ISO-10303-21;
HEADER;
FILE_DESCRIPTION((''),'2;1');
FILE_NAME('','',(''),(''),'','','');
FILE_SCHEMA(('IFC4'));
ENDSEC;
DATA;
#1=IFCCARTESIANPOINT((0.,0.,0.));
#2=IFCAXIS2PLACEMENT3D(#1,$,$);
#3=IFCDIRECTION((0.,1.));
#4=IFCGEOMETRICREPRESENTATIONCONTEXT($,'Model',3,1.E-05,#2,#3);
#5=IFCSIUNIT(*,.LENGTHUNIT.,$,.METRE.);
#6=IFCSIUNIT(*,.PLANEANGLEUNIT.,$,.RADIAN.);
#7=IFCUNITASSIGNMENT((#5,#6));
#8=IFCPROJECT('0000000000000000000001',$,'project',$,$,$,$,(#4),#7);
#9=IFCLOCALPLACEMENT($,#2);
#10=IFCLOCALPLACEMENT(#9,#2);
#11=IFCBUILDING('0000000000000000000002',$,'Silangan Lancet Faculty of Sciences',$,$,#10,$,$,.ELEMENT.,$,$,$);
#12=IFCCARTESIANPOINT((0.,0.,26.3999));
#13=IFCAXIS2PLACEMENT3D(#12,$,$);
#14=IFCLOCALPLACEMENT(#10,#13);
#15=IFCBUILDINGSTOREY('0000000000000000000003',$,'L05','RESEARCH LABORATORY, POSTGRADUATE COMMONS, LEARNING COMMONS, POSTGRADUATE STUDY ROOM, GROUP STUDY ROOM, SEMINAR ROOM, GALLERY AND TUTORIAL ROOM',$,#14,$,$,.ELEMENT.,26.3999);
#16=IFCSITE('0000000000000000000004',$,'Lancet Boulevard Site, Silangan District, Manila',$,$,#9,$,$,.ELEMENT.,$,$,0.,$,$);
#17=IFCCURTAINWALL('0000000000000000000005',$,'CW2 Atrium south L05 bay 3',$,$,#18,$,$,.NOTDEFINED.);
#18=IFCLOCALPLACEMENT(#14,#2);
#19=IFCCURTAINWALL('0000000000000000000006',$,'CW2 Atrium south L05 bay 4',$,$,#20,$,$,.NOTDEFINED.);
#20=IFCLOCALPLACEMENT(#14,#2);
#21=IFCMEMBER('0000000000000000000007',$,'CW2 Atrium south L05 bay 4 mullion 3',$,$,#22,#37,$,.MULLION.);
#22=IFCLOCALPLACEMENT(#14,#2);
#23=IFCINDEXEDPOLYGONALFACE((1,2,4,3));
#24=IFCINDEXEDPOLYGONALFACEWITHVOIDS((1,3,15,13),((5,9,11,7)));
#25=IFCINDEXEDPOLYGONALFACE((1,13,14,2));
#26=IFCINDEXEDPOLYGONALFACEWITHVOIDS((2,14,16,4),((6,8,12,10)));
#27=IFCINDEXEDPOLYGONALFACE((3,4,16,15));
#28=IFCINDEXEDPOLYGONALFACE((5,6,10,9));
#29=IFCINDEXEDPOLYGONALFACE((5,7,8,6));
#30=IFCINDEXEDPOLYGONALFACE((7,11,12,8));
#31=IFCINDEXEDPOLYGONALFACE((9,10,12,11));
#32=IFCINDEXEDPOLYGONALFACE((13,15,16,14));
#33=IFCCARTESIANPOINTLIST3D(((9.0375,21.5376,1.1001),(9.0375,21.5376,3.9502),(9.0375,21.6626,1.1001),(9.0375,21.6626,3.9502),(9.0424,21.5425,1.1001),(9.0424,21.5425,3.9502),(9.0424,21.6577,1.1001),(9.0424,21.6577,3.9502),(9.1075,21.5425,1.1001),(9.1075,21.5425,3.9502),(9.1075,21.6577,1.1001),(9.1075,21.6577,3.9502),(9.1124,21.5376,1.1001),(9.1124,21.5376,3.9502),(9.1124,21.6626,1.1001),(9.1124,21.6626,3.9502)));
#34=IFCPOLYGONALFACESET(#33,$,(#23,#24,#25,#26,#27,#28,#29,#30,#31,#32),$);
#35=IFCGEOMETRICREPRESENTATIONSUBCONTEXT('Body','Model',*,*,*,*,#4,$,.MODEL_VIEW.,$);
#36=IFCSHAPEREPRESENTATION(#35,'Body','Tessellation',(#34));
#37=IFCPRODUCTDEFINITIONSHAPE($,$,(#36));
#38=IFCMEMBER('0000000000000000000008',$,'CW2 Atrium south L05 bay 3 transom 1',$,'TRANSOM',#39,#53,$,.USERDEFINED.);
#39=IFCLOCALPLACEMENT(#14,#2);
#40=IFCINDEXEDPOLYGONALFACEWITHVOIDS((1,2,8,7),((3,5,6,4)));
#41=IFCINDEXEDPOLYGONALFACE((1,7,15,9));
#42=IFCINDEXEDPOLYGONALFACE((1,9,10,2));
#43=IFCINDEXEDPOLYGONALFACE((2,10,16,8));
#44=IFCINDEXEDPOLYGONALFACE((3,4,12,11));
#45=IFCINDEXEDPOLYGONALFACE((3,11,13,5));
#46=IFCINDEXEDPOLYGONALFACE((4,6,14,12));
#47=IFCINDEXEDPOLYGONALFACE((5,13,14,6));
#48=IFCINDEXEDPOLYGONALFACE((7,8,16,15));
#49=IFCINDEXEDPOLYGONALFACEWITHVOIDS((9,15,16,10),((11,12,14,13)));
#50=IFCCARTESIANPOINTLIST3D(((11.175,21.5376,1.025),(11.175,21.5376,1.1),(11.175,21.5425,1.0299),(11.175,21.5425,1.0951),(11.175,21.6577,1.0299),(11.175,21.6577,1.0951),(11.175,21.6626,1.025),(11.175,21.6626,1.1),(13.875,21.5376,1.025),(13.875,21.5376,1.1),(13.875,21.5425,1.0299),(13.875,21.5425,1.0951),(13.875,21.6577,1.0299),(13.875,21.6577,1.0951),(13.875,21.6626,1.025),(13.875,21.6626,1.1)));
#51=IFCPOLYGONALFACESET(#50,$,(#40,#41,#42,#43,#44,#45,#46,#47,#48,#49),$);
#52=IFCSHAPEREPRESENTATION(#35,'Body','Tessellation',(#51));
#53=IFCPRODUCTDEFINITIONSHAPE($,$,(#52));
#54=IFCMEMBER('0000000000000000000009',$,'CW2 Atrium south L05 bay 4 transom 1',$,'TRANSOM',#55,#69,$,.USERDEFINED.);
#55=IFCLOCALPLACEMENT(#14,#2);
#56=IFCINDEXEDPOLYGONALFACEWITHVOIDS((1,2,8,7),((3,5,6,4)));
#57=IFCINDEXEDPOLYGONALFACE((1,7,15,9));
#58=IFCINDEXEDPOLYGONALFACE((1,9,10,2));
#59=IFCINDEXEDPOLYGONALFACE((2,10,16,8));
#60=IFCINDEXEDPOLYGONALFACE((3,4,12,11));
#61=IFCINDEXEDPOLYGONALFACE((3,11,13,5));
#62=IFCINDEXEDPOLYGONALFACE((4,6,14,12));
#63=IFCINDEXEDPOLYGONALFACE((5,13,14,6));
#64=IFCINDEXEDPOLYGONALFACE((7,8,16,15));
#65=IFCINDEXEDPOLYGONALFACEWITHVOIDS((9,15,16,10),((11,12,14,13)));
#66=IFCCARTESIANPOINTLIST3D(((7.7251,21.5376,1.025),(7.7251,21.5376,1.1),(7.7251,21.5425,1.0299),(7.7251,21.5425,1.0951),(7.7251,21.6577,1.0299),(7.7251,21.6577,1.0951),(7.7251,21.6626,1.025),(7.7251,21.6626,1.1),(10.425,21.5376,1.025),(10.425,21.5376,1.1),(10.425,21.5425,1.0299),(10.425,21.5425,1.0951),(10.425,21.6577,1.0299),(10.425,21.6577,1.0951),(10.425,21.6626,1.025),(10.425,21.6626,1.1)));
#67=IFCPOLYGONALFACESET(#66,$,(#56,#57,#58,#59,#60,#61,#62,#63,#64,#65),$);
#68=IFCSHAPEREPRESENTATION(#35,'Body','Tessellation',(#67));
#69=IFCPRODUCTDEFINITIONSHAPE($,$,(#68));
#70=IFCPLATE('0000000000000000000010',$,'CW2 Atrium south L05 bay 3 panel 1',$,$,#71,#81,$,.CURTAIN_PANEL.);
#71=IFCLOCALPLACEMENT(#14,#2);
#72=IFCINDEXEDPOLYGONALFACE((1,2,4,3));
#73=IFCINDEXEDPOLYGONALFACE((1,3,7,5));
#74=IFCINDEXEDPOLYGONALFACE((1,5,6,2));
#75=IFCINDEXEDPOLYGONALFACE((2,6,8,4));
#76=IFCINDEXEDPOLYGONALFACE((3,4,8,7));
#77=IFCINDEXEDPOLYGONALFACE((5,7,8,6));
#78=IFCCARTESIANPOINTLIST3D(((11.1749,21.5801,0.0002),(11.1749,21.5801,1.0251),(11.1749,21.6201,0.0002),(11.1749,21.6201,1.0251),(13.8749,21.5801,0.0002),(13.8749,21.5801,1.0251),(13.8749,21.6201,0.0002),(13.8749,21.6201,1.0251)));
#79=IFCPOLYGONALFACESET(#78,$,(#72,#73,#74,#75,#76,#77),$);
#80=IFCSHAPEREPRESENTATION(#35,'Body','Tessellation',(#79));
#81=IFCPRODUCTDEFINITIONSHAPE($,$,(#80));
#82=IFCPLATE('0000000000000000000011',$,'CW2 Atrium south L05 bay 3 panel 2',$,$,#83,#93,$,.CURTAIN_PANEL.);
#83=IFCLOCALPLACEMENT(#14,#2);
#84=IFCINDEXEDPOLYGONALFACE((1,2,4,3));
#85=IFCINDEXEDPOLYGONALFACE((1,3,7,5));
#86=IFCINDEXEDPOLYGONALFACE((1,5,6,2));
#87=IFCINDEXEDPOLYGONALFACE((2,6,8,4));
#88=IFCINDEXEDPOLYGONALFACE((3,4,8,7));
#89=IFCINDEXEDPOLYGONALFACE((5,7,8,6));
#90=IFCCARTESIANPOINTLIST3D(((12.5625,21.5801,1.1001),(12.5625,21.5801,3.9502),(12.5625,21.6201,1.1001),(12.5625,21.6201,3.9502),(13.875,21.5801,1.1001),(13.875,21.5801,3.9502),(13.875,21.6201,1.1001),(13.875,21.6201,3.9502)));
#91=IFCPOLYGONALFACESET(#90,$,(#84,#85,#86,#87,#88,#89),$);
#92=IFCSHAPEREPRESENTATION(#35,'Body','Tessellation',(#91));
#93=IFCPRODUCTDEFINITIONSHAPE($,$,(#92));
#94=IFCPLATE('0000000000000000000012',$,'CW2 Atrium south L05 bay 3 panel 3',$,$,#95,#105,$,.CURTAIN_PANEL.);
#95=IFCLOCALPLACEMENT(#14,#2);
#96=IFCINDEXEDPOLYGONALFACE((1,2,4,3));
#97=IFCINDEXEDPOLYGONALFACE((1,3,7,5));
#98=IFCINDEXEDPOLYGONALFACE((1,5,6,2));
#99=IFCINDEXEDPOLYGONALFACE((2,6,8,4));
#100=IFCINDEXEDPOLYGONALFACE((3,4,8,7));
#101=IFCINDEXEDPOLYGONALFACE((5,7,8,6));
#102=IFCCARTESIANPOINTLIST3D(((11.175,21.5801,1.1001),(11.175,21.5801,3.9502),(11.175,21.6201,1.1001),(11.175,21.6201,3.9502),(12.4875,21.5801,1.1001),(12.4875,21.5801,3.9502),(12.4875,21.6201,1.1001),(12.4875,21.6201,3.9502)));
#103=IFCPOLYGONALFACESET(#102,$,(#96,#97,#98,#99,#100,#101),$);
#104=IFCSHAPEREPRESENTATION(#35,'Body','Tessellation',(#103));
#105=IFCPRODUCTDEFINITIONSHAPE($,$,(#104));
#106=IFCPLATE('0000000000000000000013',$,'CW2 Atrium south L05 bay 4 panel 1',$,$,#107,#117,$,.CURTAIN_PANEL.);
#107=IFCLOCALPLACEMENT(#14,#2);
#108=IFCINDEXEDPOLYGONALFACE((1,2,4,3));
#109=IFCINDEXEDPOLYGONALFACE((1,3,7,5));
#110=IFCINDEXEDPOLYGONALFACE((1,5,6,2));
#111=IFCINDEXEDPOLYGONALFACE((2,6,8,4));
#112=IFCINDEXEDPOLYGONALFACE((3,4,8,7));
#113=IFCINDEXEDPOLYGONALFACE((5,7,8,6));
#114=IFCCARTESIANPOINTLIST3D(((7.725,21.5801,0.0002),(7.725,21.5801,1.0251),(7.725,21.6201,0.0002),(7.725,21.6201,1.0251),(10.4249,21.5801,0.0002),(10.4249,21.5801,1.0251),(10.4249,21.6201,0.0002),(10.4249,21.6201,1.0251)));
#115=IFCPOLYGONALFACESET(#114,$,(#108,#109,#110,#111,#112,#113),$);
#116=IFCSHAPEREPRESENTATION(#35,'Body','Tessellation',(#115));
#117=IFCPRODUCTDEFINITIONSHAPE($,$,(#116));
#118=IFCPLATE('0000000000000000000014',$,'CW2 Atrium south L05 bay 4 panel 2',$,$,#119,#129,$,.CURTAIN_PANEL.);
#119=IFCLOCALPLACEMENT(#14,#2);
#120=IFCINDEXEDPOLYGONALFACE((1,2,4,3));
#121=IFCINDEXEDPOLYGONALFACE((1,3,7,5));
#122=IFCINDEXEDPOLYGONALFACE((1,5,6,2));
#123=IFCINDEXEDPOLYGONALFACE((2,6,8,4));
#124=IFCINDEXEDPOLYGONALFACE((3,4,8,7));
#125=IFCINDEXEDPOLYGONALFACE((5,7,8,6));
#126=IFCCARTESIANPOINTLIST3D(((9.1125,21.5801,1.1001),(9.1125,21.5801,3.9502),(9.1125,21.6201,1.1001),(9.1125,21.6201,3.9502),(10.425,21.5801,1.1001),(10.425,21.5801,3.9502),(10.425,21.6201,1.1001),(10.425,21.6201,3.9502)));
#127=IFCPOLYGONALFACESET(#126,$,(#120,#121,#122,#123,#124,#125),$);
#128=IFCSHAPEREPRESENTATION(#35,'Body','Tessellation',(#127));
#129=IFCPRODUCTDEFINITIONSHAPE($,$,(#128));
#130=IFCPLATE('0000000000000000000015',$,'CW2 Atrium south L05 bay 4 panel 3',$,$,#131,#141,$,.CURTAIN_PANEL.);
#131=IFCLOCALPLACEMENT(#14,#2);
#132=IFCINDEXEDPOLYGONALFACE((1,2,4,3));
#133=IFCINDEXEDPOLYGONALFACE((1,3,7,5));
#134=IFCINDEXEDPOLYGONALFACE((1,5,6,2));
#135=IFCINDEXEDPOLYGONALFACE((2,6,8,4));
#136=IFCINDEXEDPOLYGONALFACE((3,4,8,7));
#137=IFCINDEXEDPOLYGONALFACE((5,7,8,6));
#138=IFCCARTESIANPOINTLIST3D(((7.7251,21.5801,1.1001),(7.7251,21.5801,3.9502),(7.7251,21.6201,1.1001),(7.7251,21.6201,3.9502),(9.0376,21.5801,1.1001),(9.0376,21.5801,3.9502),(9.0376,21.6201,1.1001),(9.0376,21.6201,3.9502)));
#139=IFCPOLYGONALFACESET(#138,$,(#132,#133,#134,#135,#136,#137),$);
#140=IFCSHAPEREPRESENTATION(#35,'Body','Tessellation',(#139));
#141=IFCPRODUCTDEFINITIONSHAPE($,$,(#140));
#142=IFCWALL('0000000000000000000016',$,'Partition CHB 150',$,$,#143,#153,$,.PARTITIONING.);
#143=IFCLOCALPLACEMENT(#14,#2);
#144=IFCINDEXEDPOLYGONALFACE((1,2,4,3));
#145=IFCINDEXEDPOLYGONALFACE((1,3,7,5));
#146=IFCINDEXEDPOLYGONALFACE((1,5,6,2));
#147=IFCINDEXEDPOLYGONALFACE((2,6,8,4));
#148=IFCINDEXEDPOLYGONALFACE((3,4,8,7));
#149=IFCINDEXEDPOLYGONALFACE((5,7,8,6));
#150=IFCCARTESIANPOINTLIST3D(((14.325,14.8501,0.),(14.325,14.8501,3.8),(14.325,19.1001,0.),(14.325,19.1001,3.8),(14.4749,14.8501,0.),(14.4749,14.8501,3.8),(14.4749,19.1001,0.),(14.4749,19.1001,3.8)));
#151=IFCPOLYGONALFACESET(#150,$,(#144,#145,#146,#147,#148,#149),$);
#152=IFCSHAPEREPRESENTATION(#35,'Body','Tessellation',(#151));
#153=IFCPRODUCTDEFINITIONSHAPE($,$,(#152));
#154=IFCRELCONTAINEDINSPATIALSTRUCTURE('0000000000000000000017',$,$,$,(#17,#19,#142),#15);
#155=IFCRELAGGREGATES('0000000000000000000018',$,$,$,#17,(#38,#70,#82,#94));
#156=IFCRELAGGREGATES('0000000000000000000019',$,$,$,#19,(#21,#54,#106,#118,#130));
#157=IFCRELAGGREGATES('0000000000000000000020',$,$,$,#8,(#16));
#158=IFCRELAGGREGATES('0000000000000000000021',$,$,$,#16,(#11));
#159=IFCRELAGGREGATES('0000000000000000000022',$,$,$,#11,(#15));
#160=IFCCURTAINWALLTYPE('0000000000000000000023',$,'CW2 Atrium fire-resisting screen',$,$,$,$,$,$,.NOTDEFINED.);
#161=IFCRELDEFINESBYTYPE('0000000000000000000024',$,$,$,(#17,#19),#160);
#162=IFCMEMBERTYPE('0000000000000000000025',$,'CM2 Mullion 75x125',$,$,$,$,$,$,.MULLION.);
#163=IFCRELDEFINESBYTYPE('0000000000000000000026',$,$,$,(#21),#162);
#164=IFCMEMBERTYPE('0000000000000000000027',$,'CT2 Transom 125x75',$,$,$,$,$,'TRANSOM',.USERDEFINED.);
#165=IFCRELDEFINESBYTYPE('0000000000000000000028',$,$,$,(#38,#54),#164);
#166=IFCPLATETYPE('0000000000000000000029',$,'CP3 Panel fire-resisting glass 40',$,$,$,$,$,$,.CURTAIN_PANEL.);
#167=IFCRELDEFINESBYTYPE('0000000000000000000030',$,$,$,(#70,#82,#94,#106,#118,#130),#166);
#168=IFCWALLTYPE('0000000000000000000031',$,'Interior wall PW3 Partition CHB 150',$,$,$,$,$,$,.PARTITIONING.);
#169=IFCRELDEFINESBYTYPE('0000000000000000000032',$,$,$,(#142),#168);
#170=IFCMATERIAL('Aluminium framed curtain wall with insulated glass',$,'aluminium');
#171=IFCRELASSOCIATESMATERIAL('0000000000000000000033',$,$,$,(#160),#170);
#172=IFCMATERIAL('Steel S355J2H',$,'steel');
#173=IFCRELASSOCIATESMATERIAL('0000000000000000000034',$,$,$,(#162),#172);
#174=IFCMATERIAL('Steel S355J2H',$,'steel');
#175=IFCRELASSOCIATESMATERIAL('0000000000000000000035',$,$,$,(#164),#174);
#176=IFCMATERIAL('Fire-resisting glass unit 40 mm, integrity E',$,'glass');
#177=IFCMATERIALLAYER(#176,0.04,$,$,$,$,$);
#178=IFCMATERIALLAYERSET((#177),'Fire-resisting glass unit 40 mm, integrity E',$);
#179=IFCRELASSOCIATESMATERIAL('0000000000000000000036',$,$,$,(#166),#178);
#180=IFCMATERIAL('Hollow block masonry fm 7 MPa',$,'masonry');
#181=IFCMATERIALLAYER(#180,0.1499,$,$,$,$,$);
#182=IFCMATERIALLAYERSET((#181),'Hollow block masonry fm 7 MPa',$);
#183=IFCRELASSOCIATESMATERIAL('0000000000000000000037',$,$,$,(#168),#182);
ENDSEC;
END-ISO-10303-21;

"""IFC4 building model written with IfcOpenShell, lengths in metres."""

from ifc_helpers import new_model, si_unit, direction, frame, frame_2d, origin, origin_2d, place, context, subcontext, project, spatial, rectangle, hollow_rectangle, extrude, material, layer, layer_set, material_profile, profile_set, type_object, element, aggregate, save


model = new_model("IFC4")

# Units and contexts
model_context = context("Model", 3, precision=1e-05, world=origin(), true_north=direction((0.0, 1.0)))
body_context = subcontext(model_context, "Body", "Model", "MODEL_VIEW")
ifc_project = project(units=[si_unit("LENGTHUNIT", "METRE"), si_unit("PLANEANGLEUNIT", "RADIAN")], contexts=[model_context])

# Site, building, storey
site_placement = place(None, origin())
site = spatial("IfcSite", under=ifc_project, at=site_placement, Name="Lancet Boulevard Site, Silangan District, Manila", CompositionType="ELEMENT", RefElevation=0.0)
building_placement = place(site_placement, origin())
building = spatial("IfcBuilding", under=site, at=building_placement, Name="Silangan Lancet Faculty of Sciences", CompositionType="ELEMENT")
storey_placement = place(building_placement, frame((0.0, 0.0, 26.3999)))
storey = spatial("IfcBuildingStorey", under=building, at=storey_placement, Name="L05", Description="RESEARCH LABORATORY, POSTGRADUATE COMMONS, LEARNING COMMONS, POSTGRADUATE STUDY ROOM, GROUP STUDY ROOM, SEMINAR ROOM, GALLERY AND TUTORIAL ROOM", CompositionType="ELEMENT", Elevation=26.3999)

# Shared definitions
ifc_material_1 = material(Name="Aluminium framed curtain wall with insulated glass", Category="aluminium")
curtain_wall_type = type_object("IfcCurtainWallType", Name="CW2 Atrium fire-resisting screen", PredefinedType="NOTDEFINED", material=ifc_material_1)
ifc_material_2 = material(Name="Steel S355J2H", Category="steel")
ifc_material_profile_1 = material_profile(ifc_material_2, hollow_rectangle(XDim=0.075, YDim=0.125, WallThickness=0.0049, at=origin_2d()), Name="ST BOX 75x125x5")
ifc_profile_set_1 = profile_set([ifc_material_profile_1], Name="Steel S355J2H")
member_type_1 = type_object("IfcMemberType", Name="CM2 Mullion 75x125", PredefinedType="MULLION", material=ifc_profile_set_1)

# Curtain walls, member
curtain_wall_1_placement = place(storey_placement, origin())
curtain_wall_1 = element("IfcCurtainWall", 1, at=curtain_wall_1_placement, inside=storey, type_object=curtain_wall_type, Name="CW2 Atrium south L05 bay 3", PredefinedType="NOTDEFINED")
curtain_wall_2_placement = place(storey_placement, origin())
curtain_wall_2 = element("IfcCurtainWall", 2, at=curtain_wall_2_placement, inside=storey, type_object=curtain_wall_type, Name="CW2 Atrium south L05 bay 4", PredefinedType="NOTDEFINED")
member_1_placement = place(storey_placement, frame((9.075, 21.6001, 1.1001), z_axis=(0.0, 0.0, 1.0), x_axis=(-1.0, 0.0, 0.0)))
member_1 = element("IfcMember", 3, at=member_1_placement, type_object=member_type_1, Name="CW2 Atrium south L05 bay 4 mullion 3", PredefinedType="MULLION", context=body_context, shape_type="SweptSolid", body=[
    extrude(hollow_rectangle(XDim=0.075, YDim=0.125, WallThickness=0.0049, at=origin_2d()), origin(), (0.0, 0.0, 1.0), 2.8501),
])

# Members
ifc_material_3 = material(Name="Steel S355J2H", Category="steel")
ifc_material_profile_2 = material_profile(ifc_material_3, hollow_rectangle(XDim=0.125, YDim=0.075, WallThickness=0.0049, at=origin_2d()), Name="ST BOX 125x75x5")
ifc_profile_set_2 = profile_set([ifc_material_profile_2], Name="Steel S355J2H")
member_type_2 = type_object("IfcMemberType", Name="CT2 Transom 125x75", ElementType="TRANSOM", PredefinedType="USERDEFINED", material=ifc_profile_set_2)
member_2_placement = place(storey_placement, frame((13.875, 21.6001, 1.0625), z_axis=(-1.0, 0.0, 0.0), x_axis=(0.0, -1.0, 0.0)))
member_2 = element("IfcMember", 4, at=member_2_placement, type_object=member_type_2, Name="CW2 Atrium south L05 bay 3 transom 1", ObjectType="TRANSOM", PredefinedType="USERDEFINED", context=body_context, shape_type="SweptSolid", body=[
    extrude(hollow_rectangle(XDim=0.125, YDim=0.075, WallThickness=0.0049, at=origin_2d()), origin(), (0.0, 0.0, 1.0), 2.7),
])
member_3_placement = place(storey_placement, frame((10.425, 21.6001, 1.0625), z_axis=(-1.0, 0.0, 0.0), x_axis=(0.0, -1.0, 0.0)))
member_3 = element("IfcMember", 5, at=member_3_placement, type_object=member_type_2, Name="CW2 Atrium south L05 bay 4 transom 1", ObjectType="TRANSOM", PredefinedType="USERDEFINED", context=body_context, shape_type="SweptSolid", body=[
    extrude(hollow_rectangle(XDim=0.125, YDim=0.075, WallThickness=0.0049, at=origin_2d()), origin(), (0.0, 0.0, 1.0), 2.7),
])

# Plates
ifc_material_4 = material(Name="Fire-resisting glass unit 40 mm, integrity E", Category="glass")
ifc_layer_1 = layer(ifc_material_4, 0.04)
ifc_layer_set_1 = layer_set([ifc_layer_1], Name="Fire-resisting glass unit 40 mm, integrity E")
plate_type = type_object("IfcPlateType", Name="CP3 Panel fire-resisting glass 40", PredefinedType="CURTAIN_PANEL", material=ifc_layer_set_1)
plate_1_placement = place(storey_placement, frame((12.5249, 21.6001, 0.0002), z_axis=(0.0, 0.0, 1.0), x_axis=(-1.0, 0.0, 0.0)))
plate_1 = element("IfcPlate", 6, at=plate_1_placement, type_object=plate_type, Name="CW2 Atrium south L05 bay 3 panel 1", PredefinedType="CURTAIN_PANEL", context=body_context, shape_type="SweptSolid", body=[
    extrude(rectangle(XDim=2.7, YDim=0.04, at=origin_2d()), origin(), (0.0, 0.0, 1.0), 1.0249),
])
plate_2_placement = place(storey_placement, frame((13.2188, 21.6001, 1.1001), z_axis=(0.0, 0.0, 1.0), x_axis=(-1.0, 0.0, 0.0)))
plate_2 = element("IfcPlate", 7, at=plate_2_placement, type_object=plate_type, Name="CW2 Atrium south L05 bay 3 panel 2", PredefinedType="CURTAIN_PANEL", context=body_context, shape_type="SweptSolid", body=[
    extrude(rectangle(XDim=1.3125, YDim=0.04, at=origin_2d()), origin(), (0.0, 0.0, 1.0), 2.8501),
])
plate_3_placement = place(storey_placement, frame((11.8313, 21.6001, 1.1001), z_axis=(0.0, 0.0, 1.0), x_axis=(-1.0, 0.0, 0.0)))
plate_3 = element("IfcPlate", 8, at=plate_3_placement, type_object=plate_type, Name="CW2 Atrium south L05 bay 3 panel 3", PredefinedType="CURTAIN_PANEL", context=body_context, shape_type="SweptSolid", body=[
    extrude(rectangle(XDim=1.3125, YDim=0.04, at=origin_2d()), origin(), (0.0, 0.0, 1.0), 2.8501),
])
aggregate(curtain_wall_1, [member_2, plate_1, plate_2, plate_3])
plate_4_placement = place(storey_placement, frame((9.075, 21.6001, 0.0002), z_axis=(0.0, 0.0, 1.0), x_axis=(-1.0, 0.0, 0.0)))
plate_4 = element("IfcPlate", 9, at=plate_4_placement, type_object=plate_type, Name="CW2 Atrium south L05 bay 4 panel 1", PredefinedType="CURTAIN_PANEL", context=body_context, shape_type="SweptSolid", body=[
    extrude(rectangle(XDim=2.7, YDim=0.04, at=origin_2d()), origin(), (0.0, 0.0, 1.0), 1.0249),
])
plate_5_placement = place(storey_placement, frame((9.7688, 21.6001, 1.1001), z_axis=(0.0, 0.0, 1.0), x_axis=(-1.0, 0.0, 0.0)))
plate_5 = element("IfcPlate", 10, at=plate_5_placement, type_object=plate_type, Name="CW2 Atrium south L05 bay 4 panel 2", PredefinedType="CURTAIN_PANEL", context=body_context, shape_type="SweptSolid", body=[
    extrude(rectangle(XDim=1.3125, YDim=0.04, at=origin_2d()), origin(), (0.0, 0.0, 1.0), 2.8501),
])
plate_6_placement = place(storey_placement, frame((8.3813, 21.6001, 1.1001), z_axis=(0.0, 0.0, 1.0), x_axis=(-1.0, 0.0, 0.0)))
plate_6 = element("IfcPlate", 11, at=plate_6_placement, type_object=plate_type, Name="CW2 Atrium south L05 bay 4 panel 3", PredefinedType="CURTAIN_PANEL", context=body_context, shape_type="SweptSolid", body=[
    extrude(rectangle(XDim=1.3125, YDim=0.04, at=origin_2d()), origin(), (0.0, 0.0, 1.0), 2.8501),
])
aggregate(curtain_wall_2, [member_1, member_3, plate_4, plate_5, plate_6])

# Wall
ifc_material_5 = material(Name="Hollow block masonry fm 7 MPa", Category="masonry")
ifc_layer_2 = layer(ifc_material_5, 0.1499)
ifc_layer_set_2 = layer_set([ifc_layer_2], Name="Hollow block masonry fm 7 MPa")
wall_type = type_object("IfcWallType", Name="Interior wall PW3 Partition CHB 150", PredefinedType="PARTITIONING", material=ifc_layer_set_2)
wall_placement = place(storey_placement, frame((14.3999, 14.8501, 0.0), z_axis=(0.0, 0.0, 1.0), x_axis=(0.0, 1.0, 0.0)))
element("IfcWall", 12, at=wall_placement, inside=storey, type_object=wall_type, Name="Partition CHB 150", PredefinedType="PARTITIONING", context=body_context, shape_type="SweptSolid", body=[
    extrude(rectangle(XDim=4.25, YDim=0.1499, at=frame_2d((2.125, 0.0))), origin(), (0.0, 0.0, 1.0), 3.8),
])

save(model, "model.ifc")
